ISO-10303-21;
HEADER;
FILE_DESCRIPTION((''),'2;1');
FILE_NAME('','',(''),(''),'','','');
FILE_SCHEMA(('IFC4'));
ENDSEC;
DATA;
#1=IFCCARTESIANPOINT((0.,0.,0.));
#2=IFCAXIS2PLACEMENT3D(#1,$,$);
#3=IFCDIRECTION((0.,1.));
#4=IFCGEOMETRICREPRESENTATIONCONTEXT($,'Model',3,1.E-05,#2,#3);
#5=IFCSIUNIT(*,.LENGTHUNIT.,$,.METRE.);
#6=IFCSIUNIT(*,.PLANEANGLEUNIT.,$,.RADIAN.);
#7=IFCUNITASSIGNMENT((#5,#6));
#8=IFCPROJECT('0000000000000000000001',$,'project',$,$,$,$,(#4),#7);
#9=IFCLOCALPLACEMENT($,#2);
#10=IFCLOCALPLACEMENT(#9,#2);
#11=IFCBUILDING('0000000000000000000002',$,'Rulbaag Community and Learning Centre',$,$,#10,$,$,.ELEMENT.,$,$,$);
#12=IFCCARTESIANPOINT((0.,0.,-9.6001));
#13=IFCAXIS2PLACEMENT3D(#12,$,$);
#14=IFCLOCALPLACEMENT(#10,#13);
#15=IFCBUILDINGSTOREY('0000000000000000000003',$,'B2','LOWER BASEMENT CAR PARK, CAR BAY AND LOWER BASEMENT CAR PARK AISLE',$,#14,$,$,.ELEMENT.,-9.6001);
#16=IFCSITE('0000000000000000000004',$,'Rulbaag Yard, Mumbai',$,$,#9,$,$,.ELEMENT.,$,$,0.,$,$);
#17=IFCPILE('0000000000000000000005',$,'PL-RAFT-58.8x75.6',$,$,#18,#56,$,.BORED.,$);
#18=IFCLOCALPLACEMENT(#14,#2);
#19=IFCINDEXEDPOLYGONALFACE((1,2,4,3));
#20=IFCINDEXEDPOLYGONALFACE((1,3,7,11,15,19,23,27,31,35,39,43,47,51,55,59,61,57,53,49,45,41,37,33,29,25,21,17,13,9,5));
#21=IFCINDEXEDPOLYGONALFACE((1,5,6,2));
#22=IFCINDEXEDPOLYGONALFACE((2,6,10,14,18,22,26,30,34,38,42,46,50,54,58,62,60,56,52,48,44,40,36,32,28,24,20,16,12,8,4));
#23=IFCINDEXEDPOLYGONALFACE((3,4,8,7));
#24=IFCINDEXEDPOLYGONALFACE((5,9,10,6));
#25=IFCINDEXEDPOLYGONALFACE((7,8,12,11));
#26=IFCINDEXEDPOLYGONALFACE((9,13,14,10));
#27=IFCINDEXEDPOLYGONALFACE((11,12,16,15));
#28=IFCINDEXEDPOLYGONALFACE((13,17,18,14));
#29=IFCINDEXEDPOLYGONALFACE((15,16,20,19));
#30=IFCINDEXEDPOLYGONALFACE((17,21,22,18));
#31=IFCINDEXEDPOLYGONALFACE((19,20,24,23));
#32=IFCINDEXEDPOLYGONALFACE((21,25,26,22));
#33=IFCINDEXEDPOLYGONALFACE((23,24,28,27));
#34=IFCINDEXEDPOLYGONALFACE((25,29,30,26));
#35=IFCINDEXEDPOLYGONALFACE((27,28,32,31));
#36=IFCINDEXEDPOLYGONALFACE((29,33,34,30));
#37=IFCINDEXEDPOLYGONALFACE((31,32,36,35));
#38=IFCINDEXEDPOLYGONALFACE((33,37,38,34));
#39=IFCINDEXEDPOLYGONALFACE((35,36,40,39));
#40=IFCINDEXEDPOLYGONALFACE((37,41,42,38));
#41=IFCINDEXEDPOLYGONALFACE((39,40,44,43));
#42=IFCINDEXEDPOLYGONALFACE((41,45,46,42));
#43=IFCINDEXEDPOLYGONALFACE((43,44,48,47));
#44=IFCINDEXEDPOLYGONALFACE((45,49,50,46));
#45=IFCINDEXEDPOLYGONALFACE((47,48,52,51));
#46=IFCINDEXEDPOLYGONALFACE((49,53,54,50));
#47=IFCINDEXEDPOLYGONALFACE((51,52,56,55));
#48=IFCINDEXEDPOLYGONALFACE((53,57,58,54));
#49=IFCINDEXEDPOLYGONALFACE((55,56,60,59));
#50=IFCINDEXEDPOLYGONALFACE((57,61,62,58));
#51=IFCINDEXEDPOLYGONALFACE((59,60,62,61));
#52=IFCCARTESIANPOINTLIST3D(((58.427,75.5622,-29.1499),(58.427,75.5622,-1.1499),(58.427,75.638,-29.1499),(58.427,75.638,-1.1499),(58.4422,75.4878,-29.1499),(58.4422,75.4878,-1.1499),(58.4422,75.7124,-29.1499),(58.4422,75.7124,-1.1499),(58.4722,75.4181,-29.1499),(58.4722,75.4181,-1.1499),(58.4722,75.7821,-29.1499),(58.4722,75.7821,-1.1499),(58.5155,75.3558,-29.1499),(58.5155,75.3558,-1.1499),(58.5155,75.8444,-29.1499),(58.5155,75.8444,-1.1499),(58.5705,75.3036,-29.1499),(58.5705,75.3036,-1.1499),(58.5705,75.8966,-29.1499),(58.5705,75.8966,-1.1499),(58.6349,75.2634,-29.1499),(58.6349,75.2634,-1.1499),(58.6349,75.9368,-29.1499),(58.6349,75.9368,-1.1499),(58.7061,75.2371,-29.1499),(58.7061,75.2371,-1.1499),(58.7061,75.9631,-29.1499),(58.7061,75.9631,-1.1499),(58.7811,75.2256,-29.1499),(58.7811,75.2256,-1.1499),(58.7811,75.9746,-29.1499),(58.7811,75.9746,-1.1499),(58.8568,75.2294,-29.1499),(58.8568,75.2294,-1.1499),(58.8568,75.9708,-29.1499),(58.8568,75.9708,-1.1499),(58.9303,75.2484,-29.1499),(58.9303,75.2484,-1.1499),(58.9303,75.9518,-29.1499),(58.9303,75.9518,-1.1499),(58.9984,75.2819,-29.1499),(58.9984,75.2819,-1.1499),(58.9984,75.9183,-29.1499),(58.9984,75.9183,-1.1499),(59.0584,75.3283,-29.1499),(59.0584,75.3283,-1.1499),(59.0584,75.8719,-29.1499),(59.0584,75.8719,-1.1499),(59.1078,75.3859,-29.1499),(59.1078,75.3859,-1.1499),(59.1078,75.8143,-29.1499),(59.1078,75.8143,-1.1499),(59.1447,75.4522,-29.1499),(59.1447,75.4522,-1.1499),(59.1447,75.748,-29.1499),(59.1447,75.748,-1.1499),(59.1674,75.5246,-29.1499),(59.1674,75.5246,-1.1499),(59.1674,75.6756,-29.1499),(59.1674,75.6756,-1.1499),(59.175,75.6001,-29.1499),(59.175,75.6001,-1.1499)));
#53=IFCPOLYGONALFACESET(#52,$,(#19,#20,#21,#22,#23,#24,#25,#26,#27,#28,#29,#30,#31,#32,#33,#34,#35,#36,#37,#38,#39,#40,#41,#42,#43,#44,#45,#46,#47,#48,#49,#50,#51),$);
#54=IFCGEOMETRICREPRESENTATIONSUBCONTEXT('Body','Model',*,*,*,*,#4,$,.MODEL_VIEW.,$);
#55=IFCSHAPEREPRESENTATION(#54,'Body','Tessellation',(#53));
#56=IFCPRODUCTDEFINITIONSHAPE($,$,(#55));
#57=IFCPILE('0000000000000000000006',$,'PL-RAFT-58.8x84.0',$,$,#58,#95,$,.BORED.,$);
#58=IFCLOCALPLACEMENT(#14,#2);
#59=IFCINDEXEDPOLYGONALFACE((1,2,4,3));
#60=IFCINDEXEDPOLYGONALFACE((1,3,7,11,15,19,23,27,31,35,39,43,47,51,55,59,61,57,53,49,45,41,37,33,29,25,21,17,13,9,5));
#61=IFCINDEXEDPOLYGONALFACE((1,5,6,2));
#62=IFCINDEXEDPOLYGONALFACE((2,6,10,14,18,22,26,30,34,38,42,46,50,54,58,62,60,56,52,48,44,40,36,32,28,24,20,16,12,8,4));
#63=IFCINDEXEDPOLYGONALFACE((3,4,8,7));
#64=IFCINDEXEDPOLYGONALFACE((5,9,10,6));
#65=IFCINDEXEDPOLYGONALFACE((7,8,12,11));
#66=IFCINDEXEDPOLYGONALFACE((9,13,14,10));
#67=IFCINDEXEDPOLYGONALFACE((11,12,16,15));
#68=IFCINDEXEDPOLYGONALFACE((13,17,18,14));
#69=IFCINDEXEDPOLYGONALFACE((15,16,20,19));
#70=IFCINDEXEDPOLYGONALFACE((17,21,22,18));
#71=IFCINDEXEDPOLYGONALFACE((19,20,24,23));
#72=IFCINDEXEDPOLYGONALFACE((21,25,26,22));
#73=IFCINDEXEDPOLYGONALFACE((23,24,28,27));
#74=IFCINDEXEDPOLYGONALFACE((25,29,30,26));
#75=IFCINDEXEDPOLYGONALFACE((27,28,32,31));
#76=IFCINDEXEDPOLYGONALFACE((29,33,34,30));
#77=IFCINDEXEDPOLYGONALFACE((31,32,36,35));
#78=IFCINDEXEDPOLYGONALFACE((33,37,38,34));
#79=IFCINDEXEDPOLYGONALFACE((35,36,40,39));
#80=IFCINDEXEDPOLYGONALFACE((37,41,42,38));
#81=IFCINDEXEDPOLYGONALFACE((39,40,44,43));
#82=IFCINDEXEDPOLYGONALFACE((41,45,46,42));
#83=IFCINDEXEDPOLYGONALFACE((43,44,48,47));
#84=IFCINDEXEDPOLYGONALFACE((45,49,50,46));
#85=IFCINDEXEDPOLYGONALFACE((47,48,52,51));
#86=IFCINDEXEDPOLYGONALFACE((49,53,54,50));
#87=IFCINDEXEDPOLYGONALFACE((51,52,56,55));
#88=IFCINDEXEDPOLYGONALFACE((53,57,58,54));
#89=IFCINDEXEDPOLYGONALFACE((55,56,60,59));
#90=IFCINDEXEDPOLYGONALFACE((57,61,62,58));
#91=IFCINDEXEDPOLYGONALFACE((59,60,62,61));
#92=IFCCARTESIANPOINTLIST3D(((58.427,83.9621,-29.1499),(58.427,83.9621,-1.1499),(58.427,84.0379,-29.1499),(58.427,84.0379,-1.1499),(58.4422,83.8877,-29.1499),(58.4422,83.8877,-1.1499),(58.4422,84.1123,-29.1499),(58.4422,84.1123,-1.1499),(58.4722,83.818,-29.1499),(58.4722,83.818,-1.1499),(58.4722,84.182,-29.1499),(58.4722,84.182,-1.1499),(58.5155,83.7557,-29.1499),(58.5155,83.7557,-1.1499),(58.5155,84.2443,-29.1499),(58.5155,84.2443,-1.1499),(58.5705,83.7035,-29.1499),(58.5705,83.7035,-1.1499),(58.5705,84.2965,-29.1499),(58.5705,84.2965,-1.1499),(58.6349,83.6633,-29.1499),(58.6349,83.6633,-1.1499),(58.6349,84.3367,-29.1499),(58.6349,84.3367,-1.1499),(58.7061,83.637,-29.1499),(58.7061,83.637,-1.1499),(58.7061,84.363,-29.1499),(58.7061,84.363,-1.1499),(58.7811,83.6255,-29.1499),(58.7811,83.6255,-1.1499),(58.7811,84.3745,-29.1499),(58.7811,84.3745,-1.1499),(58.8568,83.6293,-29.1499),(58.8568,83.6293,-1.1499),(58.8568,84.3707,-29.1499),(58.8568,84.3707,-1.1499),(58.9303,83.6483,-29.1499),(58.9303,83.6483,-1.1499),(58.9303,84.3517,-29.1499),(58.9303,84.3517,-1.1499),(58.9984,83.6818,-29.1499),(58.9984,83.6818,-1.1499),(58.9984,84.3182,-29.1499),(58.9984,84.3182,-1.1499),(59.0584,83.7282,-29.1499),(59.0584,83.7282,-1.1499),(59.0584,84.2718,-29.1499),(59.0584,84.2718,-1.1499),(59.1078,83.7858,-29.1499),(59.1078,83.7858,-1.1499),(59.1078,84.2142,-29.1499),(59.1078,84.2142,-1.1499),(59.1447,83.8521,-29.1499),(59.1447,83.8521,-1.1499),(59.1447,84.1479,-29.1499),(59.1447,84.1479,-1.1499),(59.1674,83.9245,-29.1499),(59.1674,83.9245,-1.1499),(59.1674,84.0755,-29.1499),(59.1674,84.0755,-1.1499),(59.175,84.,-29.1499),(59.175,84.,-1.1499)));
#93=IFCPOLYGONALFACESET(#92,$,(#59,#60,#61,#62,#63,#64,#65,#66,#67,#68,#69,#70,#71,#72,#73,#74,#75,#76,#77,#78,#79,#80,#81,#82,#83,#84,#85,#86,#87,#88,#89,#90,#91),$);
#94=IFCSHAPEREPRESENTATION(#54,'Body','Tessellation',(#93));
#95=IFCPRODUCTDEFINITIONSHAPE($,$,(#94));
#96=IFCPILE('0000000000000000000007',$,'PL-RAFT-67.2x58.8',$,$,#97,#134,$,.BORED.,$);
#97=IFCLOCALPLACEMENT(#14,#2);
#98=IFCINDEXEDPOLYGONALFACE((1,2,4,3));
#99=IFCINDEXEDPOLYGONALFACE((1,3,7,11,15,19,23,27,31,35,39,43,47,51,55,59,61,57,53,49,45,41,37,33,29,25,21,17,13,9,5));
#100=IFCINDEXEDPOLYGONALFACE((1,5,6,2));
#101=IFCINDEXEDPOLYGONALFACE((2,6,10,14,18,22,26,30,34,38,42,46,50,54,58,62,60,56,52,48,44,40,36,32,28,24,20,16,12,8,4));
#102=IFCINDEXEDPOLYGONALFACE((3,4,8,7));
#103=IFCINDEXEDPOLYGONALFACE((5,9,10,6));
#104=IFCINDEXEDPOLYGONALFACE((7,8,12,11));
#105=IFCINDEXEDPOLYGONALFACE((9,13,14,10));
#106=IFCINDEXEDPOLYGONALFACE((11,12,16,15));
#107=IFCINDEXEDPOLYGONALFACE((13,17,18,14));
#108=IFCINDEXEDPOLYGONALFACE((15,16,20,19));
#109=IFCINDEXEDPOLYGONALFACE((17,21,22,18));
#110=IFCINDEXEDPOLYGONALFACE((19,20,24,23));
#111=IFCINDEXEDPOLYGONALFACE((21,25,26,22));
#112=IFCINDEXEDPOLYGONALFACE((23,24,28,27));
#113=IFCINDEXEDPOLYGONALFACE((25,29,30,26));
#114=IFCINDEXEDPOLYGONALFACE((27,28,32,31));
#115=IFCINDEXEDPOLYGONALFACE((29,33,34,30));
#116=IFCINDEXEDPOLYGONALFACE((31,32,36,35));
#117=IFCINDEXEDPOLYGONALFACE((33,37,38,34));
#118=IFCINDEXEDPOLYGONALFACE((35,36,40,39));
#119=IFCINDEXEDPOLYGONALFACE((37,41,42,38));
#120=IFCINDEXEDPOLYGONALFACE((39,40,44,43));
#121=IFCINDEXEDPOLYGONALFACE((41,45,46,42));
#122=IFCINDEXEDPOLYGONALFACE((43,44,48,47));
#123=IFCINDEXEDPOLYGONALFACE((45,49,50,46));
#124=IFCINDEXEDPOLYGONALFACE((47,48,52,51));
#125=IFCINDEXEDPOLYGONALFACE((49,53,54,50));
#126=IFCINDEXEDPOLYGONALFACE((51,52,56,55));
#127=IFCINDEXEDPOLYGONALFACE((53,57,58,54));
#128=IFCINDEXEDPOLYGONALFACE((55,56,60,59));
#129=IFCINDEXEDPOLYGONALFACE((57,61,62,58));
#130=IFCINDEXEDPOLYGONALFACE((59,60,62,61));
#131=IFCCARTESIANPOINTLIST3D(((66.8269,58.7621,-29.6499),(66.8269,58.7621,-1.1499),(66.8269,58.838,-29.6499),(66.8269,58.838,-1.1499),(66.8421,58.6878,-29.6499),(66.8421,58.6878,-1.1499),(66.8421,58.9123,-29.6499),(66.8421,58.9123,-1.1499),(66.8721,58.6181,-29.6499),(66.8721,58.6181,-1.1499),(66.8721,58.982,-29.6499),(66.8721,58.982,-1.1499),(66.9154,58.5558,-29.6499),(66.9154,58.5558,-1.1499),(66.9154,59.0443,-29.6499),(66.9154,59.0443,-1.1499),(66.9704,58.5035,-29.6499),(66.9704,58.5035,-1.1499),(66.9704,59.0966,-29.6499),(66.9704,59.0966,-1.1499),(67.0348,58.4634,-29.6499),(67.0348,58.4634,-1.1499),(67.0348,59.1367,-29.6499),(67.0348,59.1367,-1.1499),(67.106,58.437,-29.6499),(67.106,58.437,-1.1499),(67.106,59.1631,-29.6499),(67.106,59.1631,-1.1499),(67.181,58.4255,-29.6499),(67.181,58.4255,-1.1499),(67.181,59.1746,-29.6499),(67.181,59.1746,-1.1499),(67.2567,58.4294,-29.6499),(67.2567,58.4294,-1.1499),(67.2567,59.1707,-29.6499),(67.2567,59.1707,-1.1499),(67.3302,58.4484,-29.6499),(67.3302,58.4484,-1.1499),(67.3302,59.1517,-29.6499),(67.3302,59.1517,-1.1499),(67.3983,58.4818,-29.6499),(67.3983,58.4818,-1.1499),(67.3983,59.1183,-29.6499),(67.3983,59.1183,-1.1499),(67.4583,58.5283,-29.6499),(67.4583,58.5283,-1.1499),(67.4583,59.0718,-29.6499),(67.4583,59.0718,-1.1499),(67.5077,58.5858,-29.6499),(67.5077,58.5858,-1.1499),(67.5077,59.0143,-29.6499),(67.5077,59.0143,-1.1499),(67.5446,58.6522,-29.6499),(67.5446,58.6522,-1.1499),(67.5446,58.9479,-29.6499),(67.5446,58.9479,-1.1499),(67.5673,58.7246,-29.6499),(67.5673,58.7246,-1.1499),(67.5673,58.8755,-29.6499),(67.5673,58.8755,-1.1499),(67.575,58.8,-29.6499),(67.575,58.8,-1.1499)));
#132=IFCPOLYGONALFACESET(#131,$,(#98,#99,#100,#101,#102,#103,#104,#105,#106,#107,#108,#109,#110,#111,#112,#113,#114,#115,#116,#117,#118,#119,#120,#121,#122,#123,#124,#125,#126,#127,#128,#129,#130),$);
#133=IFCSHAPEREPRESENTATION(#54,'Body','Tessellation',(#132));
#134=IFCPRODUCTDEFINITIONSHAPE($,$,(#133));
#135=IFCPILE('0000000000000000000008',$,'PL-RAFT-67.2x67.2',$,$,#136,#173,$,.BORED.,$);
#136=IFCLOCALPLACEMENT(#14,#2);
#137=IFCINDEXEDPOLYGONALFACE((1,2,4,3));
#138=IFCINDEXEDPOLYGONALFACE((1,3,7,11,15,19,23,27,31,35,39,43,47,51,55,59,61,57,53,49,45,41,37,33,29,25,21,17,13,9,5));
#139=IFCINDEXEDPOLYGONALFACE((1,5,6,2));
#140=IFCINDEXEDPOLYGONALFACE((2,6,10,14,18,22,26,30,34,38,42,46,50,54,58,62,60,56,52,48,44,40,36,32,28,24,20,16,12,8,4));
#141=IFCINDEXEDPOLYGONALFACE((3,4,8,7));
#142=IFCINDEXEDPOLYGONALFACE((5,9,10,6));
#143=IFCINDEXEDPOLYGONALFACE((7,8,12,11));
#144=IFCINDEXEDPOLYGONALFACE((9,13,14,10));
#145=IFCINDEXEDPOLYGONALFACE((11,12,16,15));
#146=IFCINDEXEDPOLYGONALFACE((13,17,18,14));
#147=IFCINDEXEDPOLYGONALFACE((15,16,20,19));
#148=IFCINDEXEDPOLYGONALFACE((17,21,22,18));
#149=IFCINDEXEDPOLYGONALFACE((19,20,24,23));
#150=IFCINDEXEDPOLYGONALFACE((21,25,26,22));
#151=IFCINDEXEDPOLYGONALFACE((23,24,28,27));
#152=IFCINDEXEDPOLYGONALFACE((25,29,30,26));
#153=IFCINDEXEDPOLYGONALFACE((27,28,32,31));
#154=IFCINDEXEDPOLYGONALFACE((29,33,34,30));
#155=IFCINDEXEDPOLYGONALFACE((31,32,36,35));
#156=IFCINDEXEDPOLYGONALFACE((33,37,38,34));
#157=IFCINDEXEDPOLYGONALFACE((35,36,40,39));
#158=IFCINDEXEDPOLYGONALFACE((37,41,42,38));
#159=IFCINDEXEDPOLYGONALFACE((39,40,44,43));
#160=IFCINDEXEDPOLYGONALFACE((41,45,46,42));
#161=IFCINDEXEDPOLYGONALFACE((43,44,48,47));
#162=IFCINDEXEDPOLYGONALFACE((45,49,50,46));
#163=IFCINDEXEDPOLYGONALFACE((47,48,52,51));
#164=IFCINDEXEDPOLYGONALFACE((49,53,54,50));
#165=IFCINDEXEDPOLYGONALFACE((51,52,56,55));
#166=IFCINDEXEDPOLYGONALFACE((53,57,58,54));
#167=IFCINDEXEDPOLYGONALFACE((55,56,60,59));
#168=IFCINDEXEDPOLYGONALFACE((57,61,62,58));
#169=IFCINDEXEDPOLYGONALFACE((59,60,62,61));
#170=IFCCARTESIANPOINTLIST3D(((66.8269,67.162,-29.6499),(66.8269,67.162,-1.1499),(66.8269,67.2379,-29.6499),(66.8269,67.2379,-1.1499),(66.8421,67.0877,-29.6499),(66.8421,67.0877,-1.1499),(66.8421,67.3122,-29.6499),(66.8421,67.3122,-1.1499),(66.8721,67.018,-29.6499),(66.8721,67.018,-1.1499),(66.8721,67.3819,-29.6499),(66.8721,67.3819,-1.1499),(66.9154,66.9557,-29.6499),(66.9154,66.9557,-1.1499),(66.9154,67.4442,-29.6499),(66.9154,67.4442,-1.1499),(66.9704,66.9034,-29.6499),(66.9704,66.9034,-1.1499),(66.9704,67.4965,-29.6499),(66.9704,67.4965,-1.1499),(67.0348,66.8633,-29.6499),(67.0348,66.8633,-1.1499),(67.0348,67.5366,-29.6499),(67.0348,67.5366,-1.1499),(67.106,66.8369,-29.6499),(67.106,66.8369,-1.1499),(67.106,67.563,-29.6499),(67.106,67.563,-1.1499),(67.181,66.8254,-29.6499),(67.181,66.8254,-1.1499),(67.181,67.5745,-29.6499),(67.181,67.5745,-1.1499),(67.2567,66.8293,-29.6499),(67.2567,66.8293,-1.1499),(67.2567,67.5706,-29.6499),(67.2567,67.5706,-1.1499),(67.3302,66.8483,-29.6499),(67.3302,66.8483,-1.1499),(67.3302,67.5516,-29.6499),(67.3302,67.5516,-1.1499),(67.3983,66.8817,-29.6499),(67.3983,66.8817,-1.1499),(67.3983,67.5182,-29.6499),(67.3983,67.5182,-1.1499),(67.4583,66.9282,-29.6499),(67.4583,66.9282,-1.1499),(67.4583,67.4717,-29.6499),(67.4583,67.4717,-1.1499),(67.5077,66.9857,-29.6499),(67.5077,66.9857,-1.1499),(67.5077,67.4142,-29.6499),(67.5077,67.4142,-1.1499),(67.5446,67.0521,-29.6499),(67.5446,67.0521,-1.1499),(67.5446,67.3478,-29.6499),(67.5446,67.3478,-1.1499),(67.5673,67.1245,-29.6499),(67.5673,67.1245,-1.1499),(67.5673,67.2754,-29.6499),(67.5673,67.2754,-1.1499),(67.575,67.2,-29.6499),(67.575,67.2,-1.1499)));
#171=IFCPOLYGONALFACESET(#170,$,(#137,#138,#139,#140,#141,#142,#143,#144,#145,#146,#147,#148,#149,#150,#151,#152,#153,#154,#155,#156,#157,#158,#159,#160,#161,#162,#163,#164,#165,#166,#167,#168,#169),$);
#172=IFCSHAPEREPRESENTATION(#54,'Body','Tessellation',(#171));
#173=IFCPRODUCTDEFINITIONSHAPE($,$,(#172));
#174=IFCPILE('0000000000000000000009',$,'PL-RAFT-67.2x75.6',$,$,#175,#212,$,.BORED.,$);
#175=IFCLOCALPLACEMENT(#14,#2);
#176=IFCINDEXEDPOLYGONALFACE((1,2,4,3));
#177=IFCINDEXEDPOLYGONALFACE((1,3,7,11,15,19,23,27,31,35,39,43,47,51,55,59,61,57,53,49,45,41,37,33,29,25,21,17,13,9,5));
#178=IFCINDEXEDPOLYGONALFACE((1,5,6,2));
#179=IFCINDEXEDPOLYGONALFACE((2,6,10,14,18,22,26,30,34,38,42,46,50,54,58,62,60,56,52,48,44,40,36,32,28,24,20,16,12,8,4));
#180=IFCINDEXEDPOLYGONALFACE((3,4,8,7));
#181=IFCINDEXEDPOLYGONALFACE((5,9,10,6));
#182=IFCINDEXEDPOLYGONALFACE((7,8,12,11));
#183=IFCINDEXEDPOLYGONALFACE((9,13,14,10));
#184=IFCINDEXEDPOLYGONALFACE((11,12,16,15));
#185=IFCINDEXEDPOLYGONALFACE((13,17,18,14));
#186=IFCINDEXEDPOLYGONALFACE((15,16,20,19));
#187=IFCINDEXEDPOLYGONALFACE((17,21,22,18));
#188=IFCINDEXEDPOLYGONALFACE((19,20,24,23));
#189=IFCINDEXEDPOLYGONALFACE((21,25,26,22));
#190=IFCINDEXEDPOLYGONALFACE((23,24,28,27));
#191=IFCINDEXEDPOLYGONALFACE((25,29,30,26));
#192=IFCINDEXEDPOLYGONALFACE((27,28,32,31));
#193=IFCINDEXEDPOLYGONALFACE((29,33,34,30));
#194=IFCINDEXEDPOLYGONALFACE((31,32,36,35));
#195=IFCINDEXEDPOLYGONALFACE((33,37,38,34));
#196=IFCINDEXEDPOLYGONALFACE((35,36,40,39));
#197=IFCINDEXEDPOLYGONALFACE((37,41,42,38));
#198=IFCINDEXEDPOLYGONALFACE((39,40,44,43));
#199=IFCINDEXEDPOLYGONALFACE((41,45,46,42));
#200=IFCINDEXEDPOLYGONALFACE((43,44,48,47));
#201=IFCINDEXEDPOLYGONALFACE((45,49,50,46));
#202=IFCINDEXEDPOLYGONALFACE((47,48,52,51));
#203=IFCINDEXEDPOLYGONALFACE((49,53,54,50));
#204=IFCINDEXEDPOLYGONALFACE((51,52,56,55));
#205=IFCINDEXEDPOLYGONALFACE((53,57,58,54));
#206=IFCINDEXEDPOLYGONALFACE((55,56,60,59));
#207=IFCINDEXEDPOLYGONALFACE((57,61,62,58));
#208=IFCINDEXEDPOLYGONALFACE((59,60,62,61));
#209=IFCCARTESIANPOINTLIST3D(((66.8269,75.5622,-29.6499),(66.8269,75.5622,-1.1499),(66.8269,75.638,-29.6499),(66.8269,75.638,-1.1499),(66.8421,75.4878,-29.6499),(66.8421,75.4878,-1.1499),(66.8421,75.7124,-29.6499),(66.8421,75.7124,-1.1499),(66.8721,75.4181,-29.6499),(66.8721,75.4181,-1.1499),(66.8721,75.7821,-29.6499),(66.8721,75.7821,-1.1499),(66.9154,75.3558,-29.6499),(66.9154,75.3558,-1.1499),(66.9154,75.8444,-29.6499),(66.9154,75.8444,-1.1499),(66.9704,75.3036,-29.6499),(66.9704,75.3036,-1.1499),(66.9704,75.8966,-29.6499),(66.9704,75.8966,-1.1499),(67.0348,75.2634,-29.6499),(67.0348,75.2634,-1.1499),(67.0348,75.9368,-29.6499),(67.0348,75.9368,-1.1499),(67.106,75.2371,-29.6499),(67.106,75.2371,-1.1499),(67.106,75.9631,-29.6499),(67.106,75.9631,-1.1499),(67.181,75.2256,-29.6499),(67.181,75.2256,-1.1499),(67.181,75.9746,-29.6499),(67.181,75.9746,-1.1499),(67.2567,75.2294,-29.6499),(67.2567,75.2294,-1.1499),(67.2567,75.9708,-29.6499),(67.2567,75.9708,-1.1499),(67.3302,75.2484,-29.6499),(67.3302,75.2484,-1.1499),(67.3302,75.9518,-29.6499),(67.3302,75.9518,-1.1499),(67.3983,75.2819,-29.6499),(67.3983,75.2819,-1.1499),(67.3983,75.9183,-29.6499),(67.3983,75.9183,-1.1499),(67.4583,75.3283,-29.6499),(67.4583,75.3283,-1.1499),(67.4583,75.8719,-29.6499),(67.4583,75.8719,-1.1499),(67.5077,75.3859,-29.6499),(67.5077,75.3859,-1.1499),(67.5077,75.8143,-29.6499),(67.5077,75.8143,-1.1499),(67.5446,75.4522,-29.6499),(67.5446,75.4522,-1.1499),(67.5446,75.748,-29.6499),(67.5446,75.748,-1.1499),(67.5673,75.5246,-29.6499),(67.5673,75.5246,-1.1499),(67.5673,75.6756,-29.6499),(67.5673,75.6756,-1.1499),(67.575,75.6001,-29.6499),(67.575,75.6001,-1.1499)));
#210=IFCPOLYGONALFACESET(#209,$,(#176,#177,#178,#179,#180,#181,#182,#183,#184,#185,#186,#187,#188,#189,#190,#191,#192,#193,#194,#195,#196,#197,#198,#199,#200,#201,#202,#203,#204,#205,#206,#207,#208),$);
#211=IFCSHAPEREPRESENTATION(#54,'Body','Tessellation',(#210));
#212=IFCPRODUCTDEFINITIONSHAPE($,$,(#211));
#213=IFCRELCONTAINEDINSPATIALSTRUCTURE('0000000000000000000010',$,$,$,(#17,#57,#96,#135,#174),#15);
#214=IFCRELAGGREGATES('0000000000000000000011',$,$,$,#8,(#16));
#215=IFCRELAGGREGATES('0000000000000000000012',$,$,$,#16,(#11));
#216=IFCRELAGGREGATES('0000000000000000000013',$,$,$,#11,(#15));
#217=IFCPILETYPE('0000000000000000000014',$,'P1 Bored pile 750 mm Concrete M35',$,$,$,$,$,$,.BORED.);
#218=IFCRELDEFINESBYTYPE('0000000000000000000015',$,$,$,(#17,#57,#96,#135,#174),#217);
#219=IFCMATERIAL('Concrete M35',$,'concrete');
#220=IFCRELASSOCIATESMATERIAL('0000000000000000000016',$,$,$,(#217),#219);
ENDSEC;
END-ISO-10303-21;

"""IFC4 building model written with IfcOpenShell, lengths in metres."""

from ifc_helpers import new_model, si_unit, direction, frame, origin, origin_2d, place, context, subcontext, project, spatial, circle, extrude, material, material_profile, profile_set, type_object, element, save


model = new_model("IFC4")

# Units and contexts
model_context = context("Model", 3, precision=1e-05, world=origin(), true_north=direction((0.0, 1.0)))
body_context = subcontext(model_context, "Body", "Model", "MODEL_VIEW")
ifc_project = project(units=[si_unit("LENGTHUNIT", "METRE"), si_unit("PLANEANGLEUNIT", "RADIAN")], contexts=[model_context])

# Site, building, storey
site_placement = place(None, origin())
site = spatial("IfcSite", under=ifc_project, at=site_placement, Name="Rulbaag Yard, Mumbai", CompositionType="ELEMENT", RefElevation=0.0)
building_placement = place(site_placement, origin())
building = spatial("IfcBuilding", under=site, at=building_placement, Name="Rulbaag Community and Learning Centre", CompositionType="ELEMENT")
storey_placement = place(building_placement, frame((0.0, 0.0, -9.6001)))
storey = spatial("IfcBuildingStorey", under=building, at=storey_placement, Name="B2", Description="LOWER BASEMENT CAR PARK, CAR BAY AND LOWER BASEMENT CAR PARK AISLE", CompositionType="ELEMENT", Elevation=-9.6001)

# Piles
ifc_material_1 = material(Name="Concrete M35", Category="concrete")
ifc_material_profile_1 = material_profile(ifc_material_1, circle(Radius=0.375, at=origin_2d()), Name="BP750")
ifc_profile_set_1 = profile_set([ifc_material_profile_1], Name="Concrete M35")
pile_type_1 = type_object("IfcPileType", Name="P1 Bored pile 750 mm Concrete M35", PredefinedType="BORED", material=ifc_profile_set_1)
for number, where, z_axis, x_axis, name in (
    (1, (58.8, 75.6001, -1.1499), (0.0, 0.0, -1.0), (1.0, 0.0, 0.0), "PL-RAFT-58.8x75.6"),
    (2, (58.8, 84.0, -1.1499), (0.0, 0.0, -1.0), (1.0, 0.0, 0.0), "PL-RAFT-58.8x84.0"),
):
    element("IfcPile", number, at=place(storey_placement, frame(where, z_axis=z_axis, x_axis=x_axis)), inside=storey, type_object=pile_type_1, Name=name, PredefinedType="BORED", context=body_context, shape_type="SweptSolid", body=[
        extrude(circle(Radius=0.375, at=origin_2d()), origin(), (0.0, 0.0, 1.0), 28.0),
    ])
for number, where, z_axis, x_axis, name in (
    (3, (67.2, 58.8, -1.1499), (0.0, 0.0, -1.0), (1.0, 0.0, 0.0), "PL-RAFT-67.2x58.8"),
    (4, (67.2, 67.2, -1.1499), (0.0, 0.0, -1.0), (1.0, 0.0, 0.0), "PL-RAFT-67.2x67.2"),
    (5, (67.2, 75.6001, -1.1499), (0.0, 0.0, -1.0), (1.0, 0.0, 0.0), "PL-RAFT-67.2x75.6"),
):
    element("IfcPile", number, at=place(storey_placement, frame(where, z_axis=z_axis, x_axis=x_axis)), inside=storey, type_object=pile_type_1, Name=name, PredefinedType="BORED", context=body_context, shape_type="SweptSolid", body=[
        extrude(circle(Radius=0.375, at=origin_2d()), origin(), (0.0, 0.0, 1.0), 28.5),
    ])

save(model, "model.ifc")
